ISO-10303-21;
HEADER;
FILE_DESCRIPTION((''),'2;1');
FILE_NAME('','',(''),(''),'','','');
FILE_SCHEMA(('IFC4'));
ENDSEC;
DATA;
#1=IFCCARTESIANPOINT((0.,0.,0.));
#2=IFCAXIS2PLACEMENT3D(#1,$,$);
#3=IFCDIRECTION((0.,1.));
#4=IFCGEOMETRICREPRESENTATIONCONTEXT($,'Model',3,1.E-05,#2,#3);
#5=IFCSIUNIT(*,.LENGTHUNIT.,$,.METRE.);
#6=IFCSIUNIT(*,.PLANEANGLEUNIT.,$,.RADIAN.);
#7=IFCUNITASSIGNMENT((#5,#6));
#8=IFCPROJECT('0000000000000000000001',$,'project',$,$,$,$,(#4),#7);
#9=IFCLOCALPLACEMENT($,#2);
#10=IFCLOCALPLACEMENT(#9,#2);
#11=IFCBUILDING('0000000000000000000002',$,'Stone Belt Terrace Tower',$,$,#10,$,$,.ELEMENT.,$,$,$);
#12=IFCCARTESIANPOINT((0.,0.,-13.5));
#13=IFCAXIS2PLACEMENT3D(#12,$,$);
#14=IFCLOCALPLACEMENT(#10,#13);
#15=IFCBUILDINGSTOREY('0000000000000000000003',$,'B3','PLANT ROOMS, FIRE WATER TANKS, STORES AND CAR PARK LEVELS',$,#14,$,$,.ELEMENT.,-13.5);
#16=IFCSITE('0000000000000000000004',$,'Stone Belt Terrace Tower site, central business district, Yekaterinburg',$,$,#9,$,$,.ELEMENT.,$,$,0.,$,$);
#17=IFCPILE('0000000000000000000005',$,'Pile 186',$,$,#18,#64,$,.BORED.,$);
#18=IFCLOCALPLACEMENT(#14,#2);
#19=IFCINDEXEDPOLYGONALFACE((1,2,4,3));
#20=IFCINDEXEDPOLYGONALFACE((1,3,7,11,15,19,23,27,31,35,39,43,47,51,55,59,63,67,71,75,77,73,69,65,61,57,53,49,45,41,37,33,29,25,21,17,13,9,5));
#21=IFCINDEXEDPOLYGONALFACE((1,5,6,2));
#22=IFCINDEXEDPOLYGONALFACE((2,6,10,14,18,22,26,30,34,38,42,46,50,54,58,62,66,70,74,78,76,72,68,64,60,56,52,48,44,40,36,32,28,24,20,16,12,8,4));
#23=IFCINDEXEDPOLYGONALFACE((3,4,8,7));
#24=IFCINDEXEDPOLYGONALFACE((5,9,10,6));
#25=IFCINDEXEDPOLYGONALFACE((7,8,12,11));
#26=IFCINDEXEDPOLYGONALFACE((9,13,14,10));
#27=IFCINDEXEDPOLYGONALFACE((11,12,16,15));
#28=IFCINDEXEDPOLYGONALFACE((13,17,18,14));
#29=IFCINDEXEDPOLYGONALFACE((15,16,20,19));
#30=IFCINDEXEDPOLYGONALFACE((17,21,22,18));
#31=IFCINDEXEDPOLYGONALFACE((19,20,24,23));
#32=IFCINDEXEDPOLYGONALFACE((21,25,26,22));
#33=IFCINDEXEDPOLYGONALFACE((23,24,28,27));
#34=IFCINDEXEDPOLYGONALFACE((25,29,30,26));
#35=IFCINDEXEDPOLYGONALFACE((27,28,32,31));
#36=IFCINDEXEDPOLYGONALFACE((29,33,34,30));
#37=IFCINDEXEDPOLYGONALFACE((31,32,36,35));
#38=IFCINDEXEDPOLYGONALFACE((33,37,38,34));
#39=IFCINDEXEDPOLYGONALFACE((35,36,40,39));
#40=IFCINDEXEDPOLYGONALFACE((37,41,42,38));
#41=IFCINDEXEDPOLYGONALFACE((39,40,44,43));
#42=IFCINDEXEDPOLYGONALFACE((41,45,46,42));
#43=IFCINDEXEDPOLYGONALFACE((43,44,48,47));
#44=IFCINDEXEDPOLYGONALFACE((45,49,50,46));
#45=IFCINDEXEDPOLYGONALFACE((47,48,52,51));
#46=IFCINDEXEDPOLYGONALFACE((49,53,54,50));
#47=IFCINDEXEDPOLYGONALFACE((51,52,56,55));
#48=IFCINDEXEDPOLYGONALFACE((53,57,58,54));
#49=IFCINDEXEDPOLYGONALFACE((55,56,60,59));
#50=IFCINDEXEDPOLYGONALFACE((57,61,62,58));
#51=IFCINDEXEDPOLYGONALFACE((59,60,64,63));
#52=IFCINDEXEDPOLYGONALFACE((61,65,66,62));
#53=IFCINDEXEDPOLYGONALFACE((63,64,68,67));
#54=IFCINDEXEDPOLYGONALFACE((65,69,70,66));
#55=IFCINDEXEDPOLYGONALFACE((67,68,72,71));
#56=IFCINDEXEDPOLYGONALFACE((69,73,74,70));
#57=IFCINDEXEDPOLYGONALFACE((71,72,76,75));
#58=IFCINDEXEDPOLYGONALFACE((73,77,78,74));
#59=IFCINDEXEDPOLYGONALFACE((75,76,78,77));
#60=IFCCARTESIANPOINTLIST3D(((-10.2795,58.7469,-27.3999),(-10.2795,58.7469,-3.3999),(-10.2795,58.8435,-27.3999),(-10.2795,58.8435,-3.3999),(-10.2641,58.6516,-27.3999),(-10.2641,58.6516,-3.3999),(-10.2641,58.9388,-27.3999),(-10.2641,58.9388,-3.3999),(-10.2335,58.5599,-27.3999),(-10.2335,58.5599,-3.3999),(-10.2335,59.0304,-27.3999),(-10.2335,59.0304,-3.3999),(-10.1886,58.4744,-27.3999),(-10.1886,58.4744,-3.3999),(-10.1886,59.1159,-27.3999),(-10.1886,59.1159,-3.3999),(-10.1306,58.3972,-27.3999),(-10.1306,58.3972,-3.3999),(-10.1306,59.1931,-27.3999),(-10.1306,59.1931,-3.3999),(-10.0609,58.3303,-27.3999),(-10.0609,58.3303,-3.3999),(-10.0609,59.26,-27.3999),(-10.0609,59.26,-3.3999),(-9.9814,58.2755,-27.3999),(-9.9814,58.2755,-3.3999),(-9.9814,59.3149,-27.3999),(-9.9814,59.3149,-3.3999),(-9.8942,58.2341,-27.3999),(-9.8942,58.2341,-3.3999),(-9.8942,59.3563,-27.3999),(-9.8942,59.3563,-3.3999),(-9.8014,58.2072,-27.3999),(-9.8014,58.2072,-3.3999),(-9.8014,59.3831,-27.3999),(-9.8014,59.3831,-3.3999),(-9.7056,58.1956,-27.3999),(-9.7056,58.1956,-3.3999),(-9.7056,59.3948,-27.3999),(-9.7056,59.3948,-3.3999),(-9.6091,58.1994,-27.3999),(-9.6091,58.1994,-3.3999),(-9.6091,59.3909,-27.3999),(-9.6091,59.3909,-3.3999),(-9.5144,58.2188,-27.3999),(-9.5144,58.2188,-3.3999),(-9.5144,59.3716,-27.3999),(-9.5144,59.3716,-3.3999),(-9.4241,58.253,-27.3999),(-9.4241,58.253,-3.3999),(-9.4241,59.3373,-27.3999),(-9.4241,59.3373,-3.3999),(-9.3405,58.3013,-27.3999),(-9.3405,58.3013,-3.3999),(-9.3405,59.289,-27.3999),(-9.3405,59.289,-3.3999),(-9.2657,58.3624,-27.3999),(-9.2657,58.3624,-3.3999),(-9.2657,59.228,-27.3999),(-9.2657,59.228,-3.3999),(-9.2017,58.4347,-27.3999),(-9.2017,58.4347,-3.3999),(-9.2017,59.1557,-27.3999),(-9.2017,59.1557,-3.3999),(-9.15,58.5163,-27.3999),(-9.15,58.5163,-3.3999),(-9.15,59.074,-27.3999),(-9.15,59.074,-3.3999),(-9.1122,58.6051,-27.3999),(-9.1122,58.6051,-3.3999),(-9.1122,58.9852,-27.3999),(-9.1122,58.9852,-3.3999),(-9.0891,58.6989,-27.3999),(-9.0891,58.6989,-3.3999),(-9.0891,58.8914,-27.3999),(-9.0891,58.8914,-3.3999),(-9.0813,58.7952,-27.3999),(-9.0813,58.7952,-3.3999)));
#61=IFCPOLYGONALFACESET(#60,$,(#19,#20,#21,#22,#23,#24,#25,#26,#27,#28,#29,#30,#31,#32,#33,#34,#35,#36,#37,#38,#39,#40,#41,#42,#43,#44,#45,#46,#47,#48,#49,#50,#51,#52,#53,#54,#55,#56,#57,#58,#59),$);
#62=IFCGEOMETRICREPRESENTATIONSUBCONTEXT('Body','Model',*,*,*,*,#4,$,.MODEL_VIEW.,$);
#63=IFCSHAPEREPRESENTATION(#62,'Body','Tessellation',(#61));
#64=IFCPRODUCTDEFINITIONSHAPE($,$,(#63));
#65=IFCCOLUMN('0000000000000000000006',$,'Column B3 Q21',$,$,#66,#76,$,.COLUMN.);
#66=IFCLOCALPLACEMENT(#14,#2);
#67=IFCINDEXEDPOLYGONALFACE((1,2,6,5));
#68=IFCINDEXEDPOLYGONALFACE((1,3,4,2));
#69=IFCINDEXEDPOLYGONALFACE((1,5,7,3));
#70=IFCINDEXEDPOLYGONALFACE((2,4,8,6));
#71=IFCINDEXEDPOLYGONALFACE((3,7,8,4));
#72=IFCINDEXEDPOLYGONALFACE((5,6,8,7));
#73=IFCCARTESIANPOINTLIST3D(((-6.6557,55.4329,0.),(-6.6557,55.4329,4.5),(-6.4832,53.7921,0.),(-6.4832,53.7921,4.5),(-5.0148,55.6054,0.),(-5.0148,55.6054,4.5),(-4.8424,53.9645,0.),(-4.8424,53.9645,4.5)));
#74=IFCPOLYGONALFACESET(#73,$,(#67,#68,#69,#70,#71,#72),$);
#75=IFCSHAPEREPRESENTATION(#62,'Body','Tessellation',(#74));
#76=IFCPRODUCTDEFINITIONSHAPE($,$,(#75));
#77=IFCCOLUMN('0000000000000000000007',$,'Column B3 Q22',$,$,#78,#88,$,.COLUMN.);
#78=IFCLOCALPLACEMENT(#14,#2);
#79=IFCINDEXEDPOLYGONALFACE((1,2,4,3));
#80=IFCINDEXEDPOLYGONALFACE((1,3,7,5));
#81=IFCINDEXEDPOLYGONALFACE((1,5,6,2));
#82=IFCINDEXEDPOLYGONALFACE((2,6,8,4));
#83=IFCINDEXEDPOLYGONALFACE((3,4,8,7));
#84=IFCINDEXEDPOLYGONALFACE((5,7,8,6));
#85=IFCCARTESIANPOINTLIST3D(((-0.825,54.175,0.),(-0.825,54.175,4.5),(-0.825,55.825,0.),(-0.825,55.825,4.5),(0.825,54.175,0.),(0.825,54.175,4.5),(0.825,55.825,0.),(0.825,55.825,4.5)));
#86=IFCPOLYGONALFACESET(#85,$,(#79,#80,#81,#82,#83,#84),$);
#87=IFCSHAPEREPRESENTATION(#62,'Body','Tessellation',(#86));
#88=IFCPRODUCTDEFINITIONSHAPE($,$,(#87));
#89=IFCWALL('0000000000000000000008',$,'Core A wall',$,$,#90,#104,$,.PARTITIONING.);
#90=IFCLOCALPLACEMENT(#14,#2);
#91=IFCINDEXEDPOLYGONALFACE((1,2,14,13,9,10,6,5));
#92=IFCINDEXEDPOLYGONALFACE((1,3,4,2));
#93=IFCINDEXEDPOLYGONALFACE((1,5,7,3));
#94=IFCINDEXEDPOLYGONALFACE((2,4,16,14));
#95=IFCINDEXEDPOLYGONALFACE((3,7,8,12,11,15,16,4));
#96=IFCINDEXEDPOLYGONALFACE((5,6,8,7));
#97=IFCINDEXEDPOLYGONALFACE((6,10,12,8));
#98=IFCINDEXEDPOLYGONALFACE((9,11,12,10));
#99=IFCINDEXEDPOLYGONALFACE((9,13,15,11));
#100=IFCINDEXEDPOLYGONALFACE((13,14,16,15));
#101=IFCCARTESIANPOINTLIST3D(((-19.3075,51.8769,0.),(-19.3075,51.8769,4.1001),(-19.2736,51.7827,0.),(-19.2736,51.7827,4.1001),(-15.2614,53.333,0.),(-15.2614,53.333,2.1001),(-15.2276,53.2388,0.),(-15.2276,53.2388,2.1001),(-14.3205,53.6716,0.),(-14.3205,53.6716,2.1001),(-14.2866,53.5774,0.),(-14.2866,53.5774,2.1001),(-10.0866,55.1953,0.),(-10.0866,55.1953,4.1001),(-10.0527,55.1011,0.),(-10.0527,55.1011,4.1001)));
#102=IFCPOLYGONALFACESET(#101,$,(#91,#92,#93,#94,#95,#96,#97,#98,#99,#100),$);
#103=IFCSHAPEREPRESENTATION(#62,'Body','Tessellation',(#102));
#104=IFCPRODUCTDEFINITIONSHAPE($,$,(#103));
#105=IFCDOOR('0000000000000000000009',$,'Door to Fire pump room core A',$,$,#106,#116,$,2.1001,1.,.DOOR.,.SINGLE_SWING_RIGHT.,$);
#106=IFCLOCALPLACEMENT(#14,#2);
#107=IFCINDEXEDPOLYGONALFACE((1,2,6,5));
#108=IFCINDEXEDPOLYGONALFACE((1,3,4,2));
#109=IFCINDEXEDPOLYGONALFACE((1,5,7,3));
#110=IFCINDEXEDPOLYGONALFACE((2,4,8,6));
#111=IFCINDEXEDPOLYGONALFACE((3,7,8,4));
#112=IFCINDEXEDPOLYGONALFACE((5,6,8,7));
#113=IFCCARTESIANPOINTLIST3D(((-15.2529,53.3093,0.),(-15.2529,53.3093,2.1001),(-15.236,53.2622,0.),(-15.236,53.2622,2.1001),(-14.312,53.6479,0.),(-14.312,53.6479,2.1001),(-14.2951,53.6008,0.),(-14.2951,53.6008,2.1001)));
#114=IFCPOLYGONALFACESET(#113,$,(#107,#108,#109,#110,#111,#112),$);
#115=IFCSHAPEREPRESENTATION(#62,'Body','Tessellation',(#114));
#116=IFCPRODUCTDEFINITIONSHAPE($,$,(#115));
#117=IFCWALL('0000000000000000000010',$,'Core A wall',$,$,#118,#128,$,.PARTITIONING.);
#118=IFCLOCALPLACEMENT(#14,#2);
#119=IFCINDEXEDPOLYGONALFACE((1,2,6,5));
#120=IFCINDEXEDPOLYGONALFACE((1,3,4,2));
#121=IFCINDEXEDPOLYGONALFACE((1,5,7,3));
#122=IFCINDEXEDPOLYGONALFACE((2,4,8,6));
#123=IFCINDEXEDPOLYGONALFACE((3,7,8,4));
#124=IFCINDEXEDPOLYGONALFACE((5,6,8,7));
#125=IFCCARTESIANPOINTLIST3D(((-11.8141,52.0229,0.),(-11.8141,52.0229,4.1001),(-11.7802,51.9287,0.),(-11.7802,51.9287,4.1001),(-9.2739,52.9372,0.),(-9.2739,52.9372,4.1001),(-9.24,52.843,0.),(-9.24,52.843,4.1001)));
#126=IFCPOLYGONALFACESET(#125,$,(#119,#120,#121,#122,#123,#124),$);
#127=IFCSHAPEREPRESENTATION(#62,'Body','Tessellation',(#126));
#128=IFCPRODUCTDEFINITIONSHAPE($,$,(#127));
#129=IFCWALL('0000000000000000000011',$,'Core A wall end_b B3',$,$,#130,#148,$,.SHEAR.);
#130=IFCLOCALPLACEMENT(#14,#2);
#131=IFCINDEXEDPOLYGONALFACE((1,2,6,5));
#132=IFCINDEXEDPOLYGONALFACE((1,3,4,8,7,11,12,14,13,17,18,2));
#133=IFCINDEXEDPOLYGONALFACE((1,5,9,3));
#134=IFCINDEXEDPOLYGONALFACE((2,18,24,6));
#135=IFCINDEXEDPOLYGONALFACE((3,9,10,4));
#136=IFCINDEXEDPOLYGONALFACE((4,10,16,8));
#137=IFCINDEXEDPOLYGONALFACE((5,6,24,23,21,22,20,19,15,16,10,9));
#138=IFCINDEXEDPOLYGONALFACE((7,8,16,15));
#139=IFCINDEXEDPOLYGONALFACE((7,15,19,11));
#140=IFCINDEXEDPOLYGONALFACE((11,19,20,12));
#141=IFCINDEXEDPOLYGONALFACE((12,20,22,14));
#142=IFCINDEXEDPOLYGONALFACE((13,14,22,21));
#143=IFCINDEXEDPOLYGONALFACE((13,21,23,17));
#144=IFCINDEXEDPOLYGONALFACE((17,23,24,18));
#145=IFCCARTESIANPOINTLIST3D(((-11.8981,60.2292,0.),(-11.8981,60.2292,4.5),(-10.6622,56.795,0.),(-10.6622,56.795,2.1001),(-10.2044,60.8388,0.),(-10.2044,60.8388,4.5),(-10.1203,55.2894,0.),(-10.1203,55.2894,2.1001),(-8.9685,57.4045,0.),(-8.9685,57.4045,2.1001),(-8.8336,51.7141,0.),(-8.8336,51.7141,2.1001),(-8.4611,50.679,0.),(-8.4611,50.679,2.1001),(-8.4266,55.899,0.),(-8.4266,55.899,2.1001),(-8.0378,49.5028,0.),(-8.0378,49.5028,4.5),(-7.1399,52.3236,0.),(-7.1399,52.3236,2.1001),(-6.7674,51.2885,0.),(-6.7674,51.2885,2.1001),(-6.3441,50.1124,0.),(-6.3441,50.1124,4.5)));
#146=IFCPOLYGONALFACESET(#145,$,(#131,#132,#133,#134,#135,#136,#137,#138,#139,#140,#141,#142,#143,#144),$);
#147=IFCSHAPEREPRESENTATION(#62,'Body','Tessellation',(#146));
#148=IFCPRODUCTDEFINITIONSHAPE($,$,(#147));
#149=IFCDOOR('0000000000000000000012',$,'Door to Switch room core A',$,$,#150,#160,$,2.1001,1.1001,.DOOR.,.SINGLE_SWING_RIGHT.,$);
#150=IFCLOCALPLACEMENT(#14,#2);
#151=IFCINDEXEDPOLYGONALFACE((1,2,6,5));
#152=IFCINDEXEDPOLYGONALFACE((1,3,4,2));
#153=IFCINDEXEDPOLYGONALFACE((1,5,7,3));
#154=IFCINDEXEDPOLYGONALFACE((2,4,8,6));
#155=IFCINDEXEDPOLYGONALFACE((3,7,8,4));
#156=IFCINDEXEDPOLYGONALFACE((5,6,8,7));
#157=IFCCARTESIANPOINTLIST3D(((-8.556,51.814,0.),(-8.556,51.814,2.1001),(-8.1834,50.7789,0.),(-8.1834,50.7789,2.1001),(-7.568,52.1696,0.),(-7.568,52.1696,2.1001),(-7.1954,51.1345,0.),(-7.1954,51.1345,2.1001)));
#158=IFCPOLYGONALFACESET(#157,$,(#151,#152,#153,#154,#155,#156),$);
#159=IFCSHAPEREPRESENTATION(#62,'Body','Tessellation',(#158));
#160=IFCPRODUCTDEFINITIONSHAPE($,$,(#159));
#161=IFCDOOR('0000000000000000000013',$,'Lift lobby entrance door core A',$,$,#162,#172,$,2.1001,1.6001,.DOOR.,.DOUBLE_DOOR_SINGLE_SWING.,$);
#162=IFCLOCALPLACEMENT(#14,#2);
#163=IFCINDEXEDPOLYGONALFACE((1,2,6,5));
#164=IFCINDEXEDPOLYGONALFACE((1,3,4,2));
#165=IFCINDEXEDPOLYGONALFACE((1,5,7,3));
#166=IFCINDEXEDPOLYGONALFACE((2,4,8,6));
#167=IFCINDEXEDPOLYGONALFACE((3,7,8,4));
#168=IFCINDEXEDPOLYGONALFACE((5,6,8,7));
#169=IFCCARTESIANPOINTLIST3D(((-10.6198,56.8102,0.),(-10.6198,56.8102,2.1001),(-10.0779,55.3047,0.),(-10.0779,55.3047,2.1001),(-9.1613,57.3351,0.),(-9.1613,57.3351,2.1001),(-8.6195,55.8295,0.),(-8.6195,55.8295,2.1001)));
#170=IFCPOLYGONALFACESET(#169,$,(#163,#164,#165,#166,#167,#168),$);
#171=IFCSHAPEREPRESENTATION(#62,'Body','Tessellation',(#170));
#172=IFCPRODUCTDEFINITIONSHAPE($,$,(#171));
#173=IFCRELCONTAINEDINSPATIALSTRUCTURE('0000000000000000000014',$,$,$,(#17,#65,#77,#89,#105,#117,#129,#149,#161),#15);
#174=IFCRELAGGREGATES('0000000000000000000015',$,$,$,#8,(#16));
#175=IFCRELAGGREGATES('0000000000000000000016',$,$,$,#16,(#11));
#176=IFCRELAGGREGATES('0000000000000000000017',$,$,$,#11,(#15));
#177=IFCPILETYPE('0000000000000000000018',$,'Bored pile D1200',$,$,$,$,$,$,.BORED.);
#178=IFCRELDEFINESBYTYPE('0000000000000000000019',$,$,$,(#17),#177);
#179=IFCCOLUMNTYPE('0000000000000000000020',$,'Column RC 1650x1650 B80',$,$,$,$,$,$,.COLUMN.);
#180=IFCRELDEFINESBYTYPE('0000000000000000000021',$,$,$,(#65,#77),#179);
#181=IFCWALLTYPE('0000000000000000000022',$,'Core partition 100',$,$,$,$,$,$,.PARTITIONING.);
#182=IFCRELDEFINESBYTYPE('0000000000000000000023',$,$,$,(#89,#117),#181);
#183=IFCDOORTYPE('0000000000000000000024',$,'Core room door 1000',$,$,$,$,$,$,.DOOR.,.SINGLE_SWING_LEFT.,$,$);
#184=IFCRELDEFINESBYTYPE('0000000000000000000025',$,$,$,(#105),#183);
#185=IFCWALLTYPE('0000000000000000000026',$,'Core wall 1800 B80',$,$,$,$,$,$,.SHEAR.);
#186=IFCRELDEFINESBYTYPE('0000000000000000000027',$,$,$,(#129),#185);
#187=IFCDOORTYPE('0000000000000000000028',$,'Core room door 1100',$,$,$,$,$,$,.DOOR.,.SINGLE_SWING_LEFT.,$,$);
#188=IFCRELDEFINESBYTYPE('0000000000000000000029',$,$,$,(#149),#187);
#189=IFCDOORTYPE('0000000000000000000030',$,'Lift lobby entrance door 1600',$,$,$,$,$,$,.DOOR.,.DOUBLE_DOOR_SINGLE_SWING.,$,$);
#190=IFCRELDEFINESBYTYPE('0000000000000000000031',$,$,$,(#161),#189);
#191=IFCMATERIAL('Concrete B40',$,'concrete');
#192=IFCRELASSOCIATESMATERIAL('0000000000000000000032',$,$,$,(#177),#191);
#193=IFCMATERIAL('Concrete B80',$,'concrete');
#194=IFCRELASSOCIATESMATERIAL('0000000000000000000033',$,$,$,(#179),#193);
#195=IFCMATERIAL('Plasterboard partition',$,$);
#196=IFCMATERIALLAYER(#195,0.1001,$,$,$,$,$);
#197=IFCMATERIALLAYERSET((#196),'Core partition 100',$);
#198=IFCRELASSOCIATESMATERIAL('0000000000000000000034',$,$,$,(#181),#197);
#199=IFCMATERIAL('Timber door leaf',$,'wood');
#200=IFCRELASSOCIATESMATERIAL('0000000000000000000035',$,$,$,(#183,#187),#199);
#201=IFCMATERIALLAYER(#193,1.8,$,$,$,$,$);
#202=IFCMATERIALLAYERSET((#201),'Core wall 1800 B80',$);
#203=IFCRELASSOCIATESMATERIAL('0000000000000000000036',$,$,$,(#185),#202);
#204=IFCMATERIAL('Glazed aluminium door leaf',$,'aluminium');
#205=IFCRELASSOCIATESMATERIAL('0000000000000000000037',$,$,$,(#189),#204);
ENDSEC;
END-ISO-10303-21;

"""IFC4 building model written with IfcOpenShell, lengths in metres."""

from ifc_helpers import new_model, si_unit, direction, frame, frame_2d, origin, origin_2d, place, context, subcontext, project, spatial, rectangle, circle, extrude, material, layer, layer_set, material_profile, profile_set, type_object, element, fill, save


model = new_model("IFC4")

# Units and contexts
model_context = context("Model", 3, precision=1e-05, world=origin(), true_north=direction((0.0, 1.0)))
body_context = subcontext(model_context, "Body", "Model", "MODEL_VIEW")
ifc_project = project(units=[si_unit("LENGTHUNIT", "METRE"), si_unit("PLANEANGLEUNIT", "RADIAN")], contexts=[model_context])

# Site, building, storey
site_placement = place(None, origin())
site = spatial("IfcSite", under=ifc_project, at=site_placement, Name="Stone Belt Terrace Tower site, central business district, Yekaterinburg", CompositionType="ELEMENT", RefElevation=0.0)
building_placement = place(site_placement, origin())
building = spatial("IfcBuilding", under=site, at=building_placement, Name="Stone Belt Terrace Tower", CompositionType="ELEMENT")
storey_placement = place(building_placement, frame((0.0, 0.0, -13.5)))
storey = spatial("IfcBuildingStorey", under=building, at=storey_placement, Name="B3", Description="PLANT ROOMS, FIRE WATER TANKS, STORES AND CAR PARK LEVELS", CompositionType="ELEMENT", Elevation=-13.5)

# Pile
ifc_material_1 = material(Name="Concrete B40", Category="concrete")
ifc_material_profile_1 = material_profile(ifc_material_1, circle(Radius=0.6001, at=origin_2d()), Name="PILE D1200")
ifc_profile_set_1 = profile_set([ifc_material_profile_1], Name="Concrete B40")
pile_type = type_object("IfcPileType", Name="Bored pile D1200", PredefinedType="BORED", material=ifc_profile_set_1)
for number, where, z_axis, x_axis, name in (
    (1, (-9.6814, 58.7952, -3.3999), (0.0, 0.0, -1.0), (1.0, 0.0, 0.0), "Pile 186"),
):
    element("IfcPile", number, at=place(storey_placement, frame(where, z_axis=z_axis, x_axis=x_axis)), inside=storey, type_object=pile_type, Name=name, PredefinedType="BORED", context=body_context, shape_type="SweptSolid", body=[
        extrude(circle(Radius=0.6001, at=origin_2d()), origin(), (0.0, 0.0, 1.0), 24.0),
    ])

# Columns
ifc_material_2 = material(Name="Concrete B80", Category="concrete")
ifc_material_profile_2 = material_profile(ifc_material_2, rectangle(XDim=1.6499, YDim=1.6499, at=origin_2d()), Name="RC 1650x1650")
ifc_profile_set_2 = profile_set([ifc_material_profile_2], Name="Concrete B80")
column_type = type_object("IfcColumnType", Name="Column RC 1650x1650 B80", PredefinedType="COLUMN", material=ifc_profile_set_2)
for number, where, z_axis, x_axis, name in (
    (2, (-5.749, 54.6987, 0.0), (0.0, 0.0, 1.0), (0.994522, 0.104528, 0.0), "Column B3 Q21"),
    (3, (0.0, 55.0, 0.0), (0.0, 0.0, 1.0), (1.0, 0.0, 0.0), "Column B3 Q22"),
):
    element("IfcColumn", number, at=place(storey_placement, frame(where, z_axis=z_axis, x_axis=x_axis)), inside=storey, type_object=column_type, Name=name, PredefinedType="COLUMN", context=body_context, shape_type="SweptSolid", body=[
        extrude(rectangle(XDim=1.6499, YDim=1.6499, at=origin_2d()), origin(), (0.0, 0.0, 1.0), 4.5),
    ])

# Wall, opening, door
ifc_material_3 = material(Name="Plasterboard partition")
ifc_layer_1 = layer(ifc_material_3, 0.1001)
ifc_layer_set_1 = layer_set([ifc_layer_1], Name="Core partition 100")
wall_type_1 = type_object("IfcWallType", Name="Core partition 100", PredefinedType="PARTITIONING", material=ifc_layer_set_1)
wall_1_placement = place(storey_placement, frame((-19.2905, 51.8298, 0.0), z_axis=(0.0, 0.0, 1.0), x_axis=(0.940926, 0.338613, 0.0)))
wall_1 = element("IfcWall", 4, at=wall_1_placement, inside=storey, type_object=wall_type_1, Name="Core A wall", PredefinedType="PARTITIONING", context=body_context, shape_type="SweptSolid", body=[
    extrude(rectangle(XDim=9.7998, YDim=0.1001, at=frame_2d((4.8999, 0.0))), origin(), (0.0, 0.0, 1.0), 4.1001),
])
opening_1_placement = place(wall_1_placement, frame((4.3, 0.0, 0.0)))
opening_1 = element("IfcOpeningElement", 5, at=opening_1_placement, cuts=wall_1, PredefinedType="OPENING", context=body_context, shape_type="SweptSolid", body=[
    extrude(rectangle(XDim=1.0, YDim=2.1001, at=frame_2d((0.5, 1.05))), frame((0.0, 0.0601, 0.0), z_axis=(0.0, -1.0, 0.0), x_axis=(1.0, 0.0, 0.0)), (0.0, 0.0, 1.0), 0.1201),
])
ifc_material_4 = material(Name="Timber door leaf", Category="wood")
door_type_1 = type_object("IfcDoorType", Name="Core room door 1000", OperationType="SINGLE_SWING_LEFT", PredefinedType="DOOR", material=ifc_material_4)
door_1_placement = place(opening_1_placement, origin())
door_1 = element("IfcDoor", 6, at=door_1_placement, inside=storey, type_object=door_type_1, Name="Door to Fire pump room core A", OperationType="SINGLE_SWING_RIGHT", OverallHeight=2.1001, OverallWidth=1.0, PredefinedType="DOOR", context=body_context, shape_type="SweptSolid", body=[
    extrude(rectangle(XDim=1.0, YDim=2.1001, at=frame_2d((0.5, 1.05))), frame((0.0, 0.0249, 0.0), z_axis=(0.0, -1.0, 0.0), x_axis=(1.0, 0.0, 0.0)), (0.0, 0.0, 1.0), 0.05),
])
fill(opening_1, door_1)

# Wall
wall_2_placement = place(storey_placement, frame((-11.7971, 51.9758, 0.0), z_axis=(0.0, 0.0, 1.0), x_axis=(0.94091, 0.338655, 0.0)))
element("IfcWall", 7, at=wall_2_placement, inside=storey, type_object=wall_type_1, Name="Core A wall", PredefinedType="PARTITIONING", context=body_context, shape_type="SweptSolid", body=[
    extrude(rectangle(XDim=2.6997, YDim=0.1001, at=frame_2d((1.3499, 0.0))), origin(), (0.0, 0.0, 1.0), 4.1001),
])

# Wall, openings, doors
ifc_layer_2 = layer(ifc_material_2, 1.8)
ifc_layer_set_2 = layer_set([ifc_layer_2], Name="Core wall 1800 B80")
wall_type_2 = type_object("IfcWallType", Name="Core wall 1800 B80", PredefinedType="SHEAR", material=ifc_layer_set_2)
wall_3_placement = place(storey_placement, frame((-7.1909, 49.8076, 0.0), z_axis=(0.0, 0.0, 1.0), x_axis=(-0.338632, 0.940919, 0.0)))
wall_3 = element("IfcWall", 8, at=wall_3_placement, inside=storey, type_object=wall_type_2, Name="Core A wall end_b B3", PredefinedType="SHEAR", context=body_context, shape_type="SweptSolid", body=[
    extrude(rectangle(XDim=11.3999, YDim=1.8, at=frame_2d((5.7, 0.0))), origin(), (0.0, 0.0, 1.0), 4.5),
])
opening_2_placement = place(wall_3_placement, frame((6.1499, 0.0, 0.0)))
opening_2 = element("IfcOpeningElement", 9, at=opening_2_placement, cuts=wall_3, PredefinedType="OPENING", context=body_context, shape_type="SweptSolid", body=[
    extrude(rectangle(XDim=1.6001, YDim=2.1001, at=frame_2d((0.8, 1.05))), frame((0.0, 0.9099, 0.0), z_axis=(0.0, -1.0, 0.0), x_axis=(1.0, 0.0, 0.0)), (0.0, 0.0, 1.0), 1.8201),
])
opening_3_placement = place(wall_3_placement, frame((1.25, 0.0, 0.0)))
opening_3 = element("IfcOpeningElement", 10, at=opening_3_placement, cuts=wall_3, PredefinedType="OPENING", context=body_context, shape_type="SweptSolid", body=[
    extrude(rectangle(XDim=1.1001, YDim=2.1001, at=frame_2d((0.55, 1.05))), frame((0.0, 0.9099, 0.0), z_axis=(0.0, -1.0, 0.0), x_axis=(1.0, 0.0, 0.0)), (0.0, 0.0, 1.0), 1.8201),
])
door_type_2 = type_object("IfcDoorType", Name="Core room door 1100", OperationType="SINGLE_SWING_LEFT", PredefinedType="DOOR", material=ifc_material_4)
door_2_placement = place(opening_3_placement, origin())
door_2 = element("IfcDoor", 11, at=door_2_placement, inside=storey, type_object=door_type_2, Name="Door to Switch room core A", OperationType="SINGLE_SWING_RIGHT", OverallHeight=2.1001, OverallWidth=1.1001, PredefinedType="DOOR", context=body_context, shape_type="SweptSolid", body=[
    extrude(rectangle(XDim=1.1001, YDim=2.1001, at=frame_2d((0.55, 1.05))), frame((0.0, 0.605, 0.0), z_axis=(0.0, -1.0, 0.0), x_axis=(1.0, 0.0, 0.0)), (0.0, 0.0, 1.0), 1.05),
])
fill(opening_3, door_2)
ifc_material_5 = material(Name="Glazed aluminium door leaf", Category="aluminium")
door_type_3 = type_object("IfcDoorType", Name="Lift lobby entrance door 1600", OperationType="DOUBLE_DOOR_SINGLE_SWING", PredefinedType="DOOR", material=ifc_material_5)
door_3_placement = place(opening_2_placement, origin())
door_3 = element("IfcDoor", 12, at=door_3_placement, inside=storey, type_object=door_type_3, Name="Lift lobby entrance door core A", OperationType="DOUBLE_DOOR_SINGLE_SWING", OverallHeight=2.1001, OverallWidth=1.6001, PredefinedType="DOOR", context=body_context, shape_type="SweptSolid", body=[
    extrude(rectangle(XDim=1.6001, YDim=2.1001, at=frame_2d((0.8, 1.05))), frame((0.0, 0.855, 0.0), z_axis=(0.0, -1.0, 0.0), x_axis=(1.0, 0.0, 0.0)), (0.0, 0.0, 1.0), 1.55),
])
fill(opening_2, door_3)

save(model, "model.ifc")
